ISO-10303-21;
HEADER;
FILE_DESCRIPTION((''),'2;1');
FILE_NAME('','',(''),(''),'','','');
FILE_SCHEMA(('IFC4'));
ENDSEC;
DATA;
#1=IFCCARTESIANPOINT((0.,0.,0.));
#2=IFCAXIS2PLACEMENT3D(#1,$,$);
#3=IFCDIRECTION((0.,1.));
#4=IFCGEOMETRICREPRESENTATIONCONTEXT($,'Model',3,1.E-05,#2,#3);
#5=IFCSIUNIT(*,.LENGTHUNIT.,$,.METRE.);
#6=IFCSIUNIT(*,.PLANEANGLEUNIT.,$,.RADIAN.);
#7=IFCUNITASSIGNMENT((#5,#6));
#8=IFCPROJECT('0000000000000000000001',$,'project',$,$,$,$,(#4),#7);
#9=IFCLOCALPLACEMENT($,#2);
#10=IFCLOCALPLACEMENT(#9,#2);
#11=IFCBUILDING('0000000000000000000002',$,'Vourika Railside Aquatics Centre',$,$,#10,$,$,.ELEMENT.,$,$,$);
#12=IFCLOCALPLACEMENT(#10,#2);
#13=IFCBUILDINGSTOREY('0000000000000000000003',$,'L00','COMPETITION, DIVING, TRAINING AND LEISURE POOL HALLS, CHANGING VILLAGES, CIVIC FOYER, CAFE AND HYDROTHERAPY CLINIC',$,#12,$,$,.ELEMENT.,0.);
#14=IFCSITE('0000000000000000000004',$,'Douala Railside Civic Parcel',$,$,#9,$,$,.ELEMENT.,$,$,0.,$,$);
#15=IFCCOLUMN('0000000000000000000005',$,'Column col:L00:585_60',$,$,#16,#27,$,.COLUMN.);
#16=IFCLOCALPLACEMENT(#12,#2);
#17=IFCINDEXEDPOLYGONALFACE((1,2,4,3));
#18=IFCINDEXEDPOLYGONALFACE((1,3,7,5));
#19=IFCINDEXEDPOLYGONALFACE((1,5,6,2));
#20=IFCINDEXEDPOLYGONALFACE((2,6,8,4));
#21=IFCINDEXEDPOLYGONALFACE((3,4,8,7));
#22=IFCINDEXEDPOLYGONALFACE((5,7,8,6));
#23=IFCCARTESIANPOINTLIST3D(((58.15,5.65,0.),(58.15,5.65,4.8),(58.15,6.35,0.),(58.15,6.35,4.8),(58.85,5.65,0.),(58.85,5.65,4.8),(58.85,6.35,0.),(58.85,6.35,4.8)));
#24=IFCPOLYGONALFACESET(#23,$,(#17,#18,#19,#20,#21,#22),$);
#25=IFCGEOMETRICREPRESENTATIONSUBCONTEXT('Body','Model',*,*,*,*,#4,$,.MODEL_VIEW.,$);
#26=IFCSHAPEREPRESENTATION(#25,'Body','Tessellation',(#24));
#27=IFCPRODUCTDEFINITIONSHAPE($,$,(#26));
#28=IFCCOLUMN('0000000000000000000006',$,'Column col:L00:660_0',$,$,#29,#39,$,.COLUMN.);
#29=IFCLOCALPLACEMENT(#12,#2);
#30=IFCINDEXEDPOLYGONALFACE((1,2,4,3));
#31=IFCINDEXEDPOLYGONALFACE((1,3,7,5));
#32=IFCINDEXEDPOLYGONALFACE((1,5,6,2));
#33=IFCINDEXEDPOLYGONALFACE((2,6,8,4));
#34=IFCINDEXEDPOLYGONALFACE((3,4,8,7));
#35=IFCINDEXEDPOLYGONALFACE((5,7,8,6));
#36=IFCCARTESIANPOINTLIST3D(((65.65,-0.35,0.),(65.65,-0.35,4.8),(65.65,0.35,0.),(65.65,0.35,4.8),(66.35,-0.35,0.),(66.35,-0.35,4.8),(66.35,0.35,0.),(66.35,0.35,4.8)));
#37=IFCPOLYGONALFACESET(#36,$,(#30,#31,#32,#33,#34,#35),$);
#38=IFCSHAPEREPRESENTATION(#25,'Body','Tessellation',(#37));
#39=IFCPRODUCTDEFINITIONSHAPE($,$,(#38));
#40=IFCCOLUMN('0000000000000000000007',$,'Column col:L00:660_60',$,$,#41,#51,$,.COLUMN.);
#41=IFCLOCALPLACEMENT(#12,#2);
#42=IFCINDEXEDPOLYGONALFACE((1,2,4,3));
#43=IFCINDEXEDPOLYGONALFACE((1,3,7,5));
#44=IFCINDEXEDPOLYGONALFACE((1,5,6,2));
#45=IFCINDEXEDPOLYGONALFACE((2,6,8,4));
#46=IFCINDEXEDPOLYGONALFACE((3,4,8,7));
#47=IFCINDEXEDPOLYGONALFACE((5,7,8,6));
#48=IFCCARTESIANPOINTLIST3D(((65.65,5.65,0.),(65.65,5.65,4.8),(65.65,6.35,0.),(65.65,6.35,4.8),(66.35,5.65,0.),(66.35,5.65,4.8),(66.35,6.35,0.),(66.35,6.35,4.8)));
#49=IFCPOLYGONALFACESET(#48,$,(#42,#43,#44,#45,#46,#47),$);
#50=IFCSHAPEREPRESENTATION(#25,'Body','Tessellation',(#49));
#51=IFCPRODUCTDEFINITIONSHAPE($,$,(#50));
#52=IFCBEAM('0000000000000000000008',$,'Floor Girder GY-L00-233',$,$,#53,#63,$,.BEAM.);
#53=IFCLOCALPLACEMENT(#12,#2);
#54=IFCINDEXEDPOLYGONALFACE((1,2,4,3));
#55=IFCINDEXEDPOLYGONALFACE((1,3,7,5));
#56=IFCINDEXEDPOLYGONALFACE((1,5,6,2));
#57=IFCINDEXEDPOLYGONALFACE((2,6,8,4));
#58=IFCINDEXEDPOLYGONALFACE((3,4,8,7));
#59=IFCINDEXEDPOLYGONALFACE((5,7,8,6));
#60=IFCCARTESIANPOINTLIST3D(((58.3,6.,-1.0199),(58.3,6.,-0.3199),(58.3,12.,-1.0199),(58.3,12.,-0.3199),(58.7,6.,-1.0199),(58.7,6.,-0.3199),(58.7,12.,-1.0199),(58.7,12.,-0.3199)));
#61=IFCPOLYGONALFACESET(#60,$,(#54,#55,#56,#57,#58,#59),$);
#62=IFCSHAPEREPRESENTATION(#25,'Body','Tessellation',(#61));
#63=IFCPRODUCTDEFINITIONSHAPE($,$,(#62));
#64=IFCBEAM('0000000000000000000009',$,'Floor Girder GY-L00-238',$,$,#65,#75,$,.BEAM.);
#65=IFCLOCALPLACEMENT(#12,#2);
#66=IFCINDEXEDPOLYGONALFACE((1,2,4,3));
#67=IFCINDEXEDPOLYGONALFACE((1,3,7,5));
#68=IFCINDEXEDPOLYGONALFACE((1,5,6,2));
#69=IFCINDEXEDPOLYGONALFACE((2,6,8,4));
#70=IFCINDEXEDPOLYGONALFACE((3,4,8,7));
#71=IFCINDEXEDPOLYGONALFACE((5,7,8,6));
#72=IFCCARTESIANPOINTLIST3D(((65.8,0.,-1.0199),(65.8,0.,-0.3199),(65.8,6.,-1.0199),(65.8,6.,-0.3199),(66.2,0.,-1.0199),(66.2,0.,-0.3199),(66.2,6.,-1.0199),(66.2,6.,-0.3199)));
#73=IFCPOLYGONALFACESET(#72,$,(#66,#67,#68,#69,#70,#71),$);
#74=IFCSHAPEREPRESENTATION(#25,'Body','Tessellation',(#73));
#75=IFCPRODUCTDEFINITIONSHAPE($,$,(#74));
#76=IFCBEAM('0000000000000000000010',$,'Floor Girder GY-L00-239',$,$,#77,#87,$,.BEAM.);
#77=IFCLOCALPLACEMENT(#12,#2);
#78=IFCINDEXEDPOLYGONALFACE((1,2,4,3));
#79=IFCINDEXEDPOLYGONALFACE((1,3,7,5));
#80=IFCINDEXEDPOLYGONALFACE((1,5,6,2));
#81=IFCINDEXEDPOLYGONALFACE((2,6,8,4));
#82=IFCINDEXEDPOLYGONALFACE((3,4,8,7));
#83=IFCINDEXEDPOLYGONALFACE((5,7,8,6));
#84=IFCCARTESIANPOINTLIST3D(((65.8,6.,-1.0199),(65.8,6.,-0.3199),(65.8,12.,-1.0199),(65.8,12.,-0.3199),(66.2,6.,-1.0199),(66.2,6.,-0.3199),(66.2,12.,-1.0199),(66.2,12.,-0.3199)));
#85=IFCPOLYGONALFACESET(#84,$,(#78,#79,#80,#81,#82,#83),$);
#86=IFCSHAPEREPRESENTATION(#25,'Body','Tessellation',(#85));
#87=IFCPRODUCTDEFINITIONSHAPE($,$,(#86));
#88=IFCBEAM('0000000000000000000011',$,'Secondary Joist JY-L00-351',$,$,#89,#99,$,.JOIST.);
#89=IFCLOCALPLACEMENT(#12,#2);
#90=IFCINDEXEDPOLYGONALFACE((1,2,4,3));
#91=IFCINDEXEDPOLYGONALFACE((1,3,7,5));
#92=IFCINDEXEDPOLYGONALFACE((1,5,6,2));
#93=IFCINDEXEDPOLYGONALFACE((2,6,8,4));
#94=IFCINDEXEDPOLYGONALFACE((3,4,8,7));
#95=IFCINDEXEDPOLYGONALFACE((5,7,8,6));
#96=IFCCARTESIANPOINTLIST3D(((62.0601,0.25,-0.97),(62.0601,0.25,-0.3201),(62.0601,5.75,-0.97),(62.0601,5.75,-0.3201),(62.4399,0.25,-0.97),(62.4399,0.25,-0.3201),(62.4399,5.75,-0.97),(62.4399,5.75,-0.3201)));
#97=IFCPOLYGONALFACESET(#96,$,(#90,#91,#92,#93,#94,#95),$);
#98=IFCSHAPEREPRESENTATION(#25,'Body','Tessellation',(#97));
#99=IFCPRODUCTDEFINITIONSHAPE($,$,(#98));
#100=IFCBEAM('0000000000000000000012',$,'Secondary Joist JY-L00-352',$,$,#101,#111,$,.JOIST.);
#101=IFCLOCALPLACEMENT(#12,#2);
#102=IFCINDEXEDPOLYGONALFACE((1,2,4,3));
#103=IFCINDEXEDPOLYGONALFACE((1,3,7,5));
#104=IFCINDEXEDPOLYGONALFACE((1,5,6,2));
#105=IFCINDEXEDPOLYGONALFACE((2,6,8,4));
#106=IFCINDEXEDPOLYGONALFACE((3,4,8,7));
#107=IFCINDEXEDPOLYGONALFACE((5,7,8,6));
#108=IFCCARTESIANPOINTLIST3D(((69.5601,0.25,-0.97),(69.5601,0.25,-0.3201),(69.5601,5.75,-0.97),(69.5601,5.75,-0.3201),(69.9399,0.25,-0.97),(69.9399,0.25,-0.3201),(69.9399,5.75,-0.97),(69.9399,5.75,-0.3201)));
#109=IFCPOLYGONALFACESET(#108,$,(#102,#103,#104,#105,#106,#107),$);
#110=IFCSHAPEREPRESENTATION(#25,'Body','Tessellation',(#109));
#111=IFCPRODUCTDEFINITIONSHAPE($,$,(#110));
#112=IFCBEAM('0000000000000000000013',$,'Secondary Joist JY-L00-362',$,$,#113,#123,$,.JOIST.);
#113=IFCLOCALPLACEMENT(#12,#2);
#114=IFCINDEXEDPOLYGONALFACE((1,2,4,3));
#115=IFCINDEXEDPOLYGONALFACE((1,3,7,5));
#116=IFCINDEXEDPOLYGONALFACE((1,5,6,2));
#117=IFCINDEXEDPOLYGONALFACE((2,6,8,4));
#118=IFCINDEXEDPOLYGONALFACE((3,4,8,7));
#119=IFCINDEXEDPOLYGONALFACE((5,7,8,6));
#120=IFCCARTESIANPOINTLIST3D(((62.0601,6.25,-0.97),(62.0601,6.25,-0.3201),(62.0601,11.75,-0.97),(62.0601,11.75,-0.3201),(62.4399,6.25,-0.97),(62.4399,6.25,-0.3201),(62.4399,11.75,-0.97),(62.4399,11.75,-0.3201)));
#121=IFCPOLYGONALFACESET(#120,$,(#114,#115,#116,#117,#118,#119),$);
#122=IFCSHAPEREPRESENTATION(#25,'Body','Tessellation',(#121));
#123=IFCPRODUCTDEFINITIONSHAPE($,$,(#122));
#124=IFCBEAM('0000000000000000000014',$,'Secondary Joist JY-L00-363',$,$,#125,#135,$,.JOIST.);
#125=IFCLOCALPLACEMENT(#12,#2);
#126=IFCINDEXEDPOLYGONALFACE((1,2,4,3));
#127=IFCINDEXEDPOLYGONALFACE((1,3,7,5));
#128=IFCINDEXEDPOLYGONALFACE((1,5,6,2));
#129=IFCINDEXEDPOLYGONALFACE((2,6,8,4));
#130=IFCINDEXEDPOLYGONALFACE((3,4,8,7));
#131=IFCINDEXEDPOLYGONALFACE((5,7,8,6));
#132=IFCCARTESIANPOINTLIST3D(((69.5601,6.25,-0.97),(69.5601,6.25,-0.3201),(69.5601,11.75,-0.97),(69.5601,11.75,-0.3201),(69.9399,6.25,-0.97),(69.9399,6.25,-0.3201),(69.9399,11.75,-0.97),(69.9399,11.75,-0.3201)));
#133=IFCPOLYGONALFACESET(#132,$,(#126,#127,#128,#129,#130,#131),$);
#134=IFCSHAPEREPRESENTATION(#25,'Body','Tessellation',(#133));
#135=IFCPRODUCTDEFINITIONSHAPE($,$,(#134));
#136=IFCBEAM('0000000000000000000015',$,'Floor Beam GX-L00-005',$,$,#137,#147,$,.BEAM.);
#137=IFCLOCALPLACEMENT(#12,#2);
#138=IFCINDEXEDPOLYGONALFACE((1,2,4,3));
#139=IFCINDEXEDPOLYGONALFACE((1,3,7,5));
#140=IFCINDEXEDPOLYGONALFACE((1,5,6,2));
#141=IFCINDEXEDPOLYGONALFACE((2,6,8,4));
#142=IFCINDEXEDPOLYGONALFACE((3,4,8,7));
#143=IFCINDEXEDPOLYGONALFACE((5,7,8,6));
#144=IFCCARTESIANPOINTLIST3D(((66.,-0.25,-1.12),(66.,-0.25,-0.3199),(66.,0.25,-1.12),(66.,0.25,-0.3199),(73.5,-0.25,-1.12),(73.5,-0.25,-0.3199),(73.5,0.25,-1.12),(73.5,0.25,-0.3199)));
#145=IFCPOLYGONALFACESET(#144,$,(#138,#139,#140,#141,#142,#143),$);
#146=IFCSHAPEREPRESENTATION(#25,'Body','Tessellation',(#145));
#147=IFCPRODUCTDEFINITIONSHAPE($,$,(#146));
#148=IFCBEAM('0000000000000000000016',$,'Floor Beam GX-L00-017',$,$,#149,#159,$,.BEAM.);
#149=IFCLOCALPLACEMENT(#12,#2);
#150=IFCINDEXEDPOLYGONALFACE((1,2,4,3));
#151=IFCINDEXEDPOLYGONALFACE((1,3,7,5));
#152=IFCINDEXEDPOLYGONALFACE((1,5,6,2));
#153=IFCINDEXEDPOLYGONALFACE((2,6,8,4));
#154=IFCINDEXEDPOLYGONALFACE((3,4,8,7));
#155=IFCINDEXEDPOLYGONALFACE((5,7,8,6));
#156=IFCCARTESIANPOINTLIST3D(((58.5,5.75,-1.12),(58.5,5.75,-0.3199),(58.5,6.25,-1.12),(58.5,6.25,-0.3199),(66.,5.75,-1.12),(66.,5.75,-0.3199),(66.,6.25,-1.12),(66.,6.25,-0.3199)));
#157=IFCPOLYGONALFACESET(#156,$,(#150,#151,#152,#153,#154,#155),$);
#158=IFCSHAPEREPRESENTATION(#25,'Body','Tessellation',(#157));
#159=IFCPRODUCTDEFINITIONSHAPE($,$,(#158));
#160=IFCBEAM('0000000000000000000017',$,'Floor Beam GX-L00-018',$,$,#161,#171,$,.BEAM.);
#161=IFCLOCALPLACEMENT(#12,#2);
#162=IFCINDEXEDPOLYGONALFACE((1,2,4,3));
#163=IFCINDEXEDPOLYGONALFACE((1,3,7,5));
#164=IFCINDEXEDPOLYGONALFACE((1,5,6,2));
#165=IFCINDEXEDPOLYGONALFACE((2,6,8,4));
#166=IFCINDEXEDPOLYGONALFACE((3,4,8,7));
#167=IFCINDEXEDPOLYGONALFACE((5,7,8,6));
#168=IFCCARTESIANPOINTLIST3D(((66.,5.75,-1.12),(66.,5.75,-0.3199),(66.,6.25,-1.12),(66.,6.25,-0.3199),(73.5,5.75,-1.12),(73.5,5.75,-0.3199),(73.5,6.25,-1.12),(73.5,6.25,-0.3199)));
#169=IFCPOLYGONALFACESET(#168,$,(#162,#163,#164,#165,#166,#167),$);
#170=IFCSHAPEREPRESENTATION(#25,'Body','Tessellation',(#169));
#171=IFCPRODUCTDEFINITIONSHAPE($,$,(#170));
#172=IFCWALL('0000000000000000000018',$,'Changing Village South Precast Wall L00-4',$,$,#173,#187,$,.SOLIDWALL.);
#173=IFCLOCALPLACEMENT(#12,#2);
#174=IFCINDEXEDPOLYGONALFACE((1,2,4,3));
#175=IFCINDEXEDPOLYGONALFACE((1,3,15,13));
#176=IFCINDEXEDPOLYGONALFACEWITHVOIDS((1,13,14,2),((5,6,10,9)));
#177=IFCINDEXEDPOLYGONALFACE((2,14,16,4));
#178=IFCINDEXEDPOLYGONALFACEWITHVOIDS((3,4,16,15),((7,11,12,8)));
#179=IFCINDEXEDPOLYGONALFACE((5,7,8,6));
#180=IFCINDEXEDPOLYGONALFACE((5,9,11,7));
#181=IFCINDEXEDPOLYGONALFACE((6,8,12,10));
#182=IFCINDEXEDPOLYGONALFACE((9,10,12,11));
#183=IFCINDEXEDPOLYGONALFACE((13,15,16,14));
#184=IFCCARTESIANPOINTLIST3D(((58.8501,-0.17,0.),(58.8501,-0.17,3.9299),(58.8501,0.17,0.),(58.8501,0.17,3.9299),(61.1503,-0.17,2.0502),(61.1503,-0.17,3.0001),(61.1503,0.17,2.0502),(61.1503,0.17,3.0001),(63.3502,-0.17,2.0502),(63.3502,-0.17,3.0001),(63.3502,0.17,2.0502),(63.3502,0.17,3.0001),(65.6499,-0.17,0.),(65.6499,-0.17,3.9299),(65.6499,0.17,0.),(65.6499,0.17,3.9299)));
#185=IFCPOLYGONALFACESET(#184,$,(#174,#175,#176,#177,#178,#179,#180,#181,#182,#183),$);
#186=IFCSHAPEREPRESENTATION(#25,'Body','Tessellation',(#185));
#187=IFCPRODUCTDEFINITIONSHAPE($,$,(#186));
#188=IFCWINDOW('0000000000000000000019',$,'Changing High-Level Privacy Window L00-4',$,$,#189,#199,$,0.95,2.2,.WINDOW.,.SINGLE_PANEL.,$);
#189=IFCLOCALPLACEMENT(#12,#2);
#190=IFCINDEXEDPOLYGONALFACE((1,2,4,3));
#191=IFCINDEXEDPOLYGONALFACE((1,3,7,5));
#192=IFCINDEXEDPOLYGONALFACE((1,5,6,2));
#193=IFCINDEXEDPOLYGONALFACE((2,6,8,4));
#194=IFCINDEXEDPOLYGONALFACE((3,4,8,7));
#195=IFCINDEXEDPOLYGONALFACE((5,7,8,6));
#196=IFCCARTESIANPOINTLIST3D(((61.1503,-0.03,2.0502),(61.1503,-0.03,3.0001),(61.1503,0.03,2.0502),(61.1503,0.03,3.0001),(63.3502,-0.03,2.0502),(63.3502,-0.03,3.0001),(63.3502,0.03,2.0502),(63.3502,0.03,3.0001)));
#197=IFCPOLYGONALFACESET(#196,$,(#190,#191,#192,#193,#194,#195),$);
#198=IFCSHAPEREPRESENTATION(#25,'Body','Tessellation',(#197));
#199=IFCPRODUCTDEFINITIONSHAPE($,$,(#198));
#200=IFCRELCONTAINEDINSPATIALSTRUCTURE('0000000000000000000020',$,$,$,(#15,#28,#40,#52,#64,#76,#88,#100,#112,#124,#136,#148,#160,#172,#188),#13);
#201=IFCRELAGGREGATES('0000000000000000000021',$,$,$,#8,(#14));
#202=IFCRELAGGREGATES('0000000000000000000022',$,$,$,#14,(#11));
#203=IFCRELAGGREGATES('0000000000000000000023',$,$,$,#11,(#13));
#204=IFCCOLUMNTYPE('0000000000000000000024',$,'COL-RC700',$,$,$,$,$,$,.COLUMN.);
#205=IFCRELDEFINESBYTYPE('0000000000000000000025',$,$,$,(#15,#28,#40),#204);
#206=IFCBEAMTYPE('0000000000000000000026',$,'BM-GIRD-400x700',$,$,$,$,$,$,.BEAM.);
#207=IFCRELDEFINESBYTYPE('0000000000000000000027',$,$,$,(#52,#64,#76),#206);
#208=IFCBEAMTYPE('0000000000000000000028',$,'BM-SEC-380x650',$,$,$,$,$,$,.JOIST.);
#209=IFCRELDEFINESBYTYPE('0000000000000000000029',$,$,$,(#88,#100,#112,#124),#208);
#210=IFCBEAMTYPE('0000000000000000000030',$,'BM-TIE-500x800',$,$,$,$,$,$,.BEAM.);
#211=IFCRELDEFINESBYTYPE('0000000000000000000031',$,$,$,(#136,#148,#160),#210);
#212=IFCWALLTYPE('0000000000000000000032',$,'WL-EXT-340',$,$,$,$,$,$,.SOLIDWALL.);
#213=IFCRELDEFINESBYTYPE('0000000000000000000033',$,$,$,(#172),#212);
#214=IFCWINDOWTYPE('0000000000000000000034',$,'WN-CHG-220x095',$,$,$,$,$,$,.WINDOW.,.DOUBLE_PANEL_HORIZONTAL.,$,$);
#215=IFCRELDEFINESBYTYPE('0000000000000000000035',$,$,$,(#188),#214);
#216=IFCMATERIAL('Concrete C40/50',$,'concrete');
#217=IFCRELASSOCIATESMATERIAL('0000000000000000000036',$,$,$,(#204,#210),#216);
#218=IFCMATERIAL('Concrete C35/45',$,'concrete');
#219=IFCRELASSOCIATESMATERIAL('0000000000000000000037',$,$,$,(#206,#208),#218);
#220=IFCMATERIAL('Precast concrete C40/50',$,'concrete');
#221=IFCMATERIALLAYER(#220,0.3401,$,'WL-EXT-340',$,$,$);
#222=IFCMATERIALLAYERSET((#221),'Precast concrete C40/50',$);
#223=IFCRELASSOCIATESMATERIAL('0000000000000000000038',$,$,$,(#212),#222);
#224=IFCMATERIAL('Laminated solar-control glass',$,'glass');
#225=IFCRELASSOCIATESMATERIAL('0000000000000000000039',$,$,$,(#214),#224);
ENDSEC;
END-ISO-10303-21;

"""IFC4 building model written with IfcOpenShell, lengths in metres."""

from ifc_helpers import new_model, si_unit, direction, frame, frame_2d, origin, origin_2d, place, context, subcontext, project, spatial, rectangle, extrude, material, layer, layer_set, material_profile, profile_set, type_object, element, fill, save


model = new_model("IFC4")

# Units and contexts
model_context = context("Model", 3, precision=1e-05, world=origin(), true_north=direction((0.0, 1.0)))
body_context = subcontext(model_context, "Body", "Model", "MODEL_VIEW")
ifc_project = project(units=[si_unit("LENGTHUNIT", "METRE"), si_unit("PLANEANGLEUNIT", "RADIAN")], contexts=[model_context])

# Site, building, storey
site_placement = place(None, origin())
site = spatial("IfcSite", under=ifc_project, at=site_placement, Name="Douala Railside Civic Parcel", CompositionType="ELEMENT", RefElevation=0.0)
building_placement = place(site_placement, origin())
building = spatial("IfcBuilding", under=site, at=building_placement, Name="Vourika Railside Aquatics Centre", CompositionType="ELEMENT")
storey_placement = place(building_placement, origin())
storey = spatial("IfcBuildingStorey", under=building, at=storey_placement, Name="L00", Description="COMPETITION, DIVING, TRAINING AND LEISURE POOL HALLS, CHANGING VILLAGES, CIVIC FOYER, CAFE AND HYDROTHERAPY CLINIC", CompositionType="ELEMENT", Elevation=0.0)

# Columns
ifc_material_1 = material(Name="Concrete C40/50", Category="concrete")
ifc_material_profile_1 = material_profile(ifc_material_1, rectangle(XDim=0.7, YDim=0.7, at=origin_2d()), Name="RC 700x700")
ifc_profile_set_1 = profile_set([ifc_material_profile_1], Name="Concrete C40/50")
column_type = type_object("IfcColumnType", Name="COL-RC700", PredefinedType="COLUMN", material=ifc_profile_set_1)
for number, where, z_axis, x_axis, name in (
    (1, (58.5, 6.0, 0.0), (0.0, 0.0, 1.0), (1.0, 0.0, 0.0), "Column col:L00:585_60"),
    (2, (66.0, 0.0, 0.0), (0.0, 0.0, 1.0), (1.0, 0.0, 0.0), "Column col:L00:660_0"),
    (3, (66.0, 6.0, 0.0), (0.0, 0.0, 1.0), (1.0, 0.0, 0.0), "Column col:L00:660_60"),
):
    element("IfcColumn", number, at=place(storey_placement, frame(where, z_axis=z_axis, x_axis=x_axis)), inside=storey, type_object=column_type, Name=name, PredefinedType="COLUMN", context=body_context, shape_type="SweptSolid", body=[
        extrude(rectangle(XDim=0.7, YDim=0.7, at=origin_2d()), origin(), (0.0, 0.0, 1.0), 4.8),
    ])

# Beams
ifc_material_2 = material(Name="Concrete C35/45", Category="concrete")
ifc_material_profile_2 = material_profile(ifc_material_2, rectangle(XDim=0.3999, YDim=0.7, at=origin_2d()), Name="RC 400x700")
ifc_profile_set_2 = profile_set([ifc_material_profile_2], Name="Concrete C35/45")
beam_type_1 = type_object("IfcBeamType", Name="BM-GIRD-400x700", PredefinedType="BEAM", material=ifc_profile_set_2)
for number, where, z_axis, x_axis, name in (
    (4, (58.5, 6.0, -0.6699), (0.0, 1.0, 0.0), (-1.0, 0.0, 0.0), "Floor Girder GY-L00-233"),
    (5, (66.0, 0.0, -0.6699), (0.0, 1.0, 0.0), (-1.0, 0.0, 0.0), "Floor Girder GY-L00-238"),
    (6, (66.0, 6.0, -0.6699), (0.0, 1.0, 0.0), (-1.0, 0.0, 0.0), "Floor Girder GY-L00-239"),
):
    element("IfcBeam", number, at=place(storey_placement, frame(where, z_axis=z_axis, x_axis=x_axis)), inside=storey, type_object=beam_type_1, Name=name, PredefinedType="BEAM", context=body_context, shape_type="SweptSolid", body=[
        extrude(rectangle(XDim=0.3999, YDim=0.7, at=origin_2d()), origin(), (0.0, 0.0, 1.0), 6.0),
    ])
ifc_material_profile_3 = material_profile(ifc_material_2, rectangle(XDim=0.3799, YDim=0.6499, at=origin_2d()), Name="RC 380x650")
ifc_profile_set_3 = profile_set([ifc_material_profile_3], Name="Concrete C35/45")
beam_type_2 = type_object("IfcBeamType", Name="BM-SEC-380x650", PredefinedType="JOIST", material=ifc_profile_set_3)
for number, where, z_axis, x_axis, name in (
    (7, (62.25, 0.25, -0.645), (0.0, 1.0, 0.0), (-1.0, 0.0, 0.0), "Secondary Joist JY-L00-351"),
    (8, (69.75, 0.25, -0.645), (0.0, 1.0, 0.0), (-1.0, 0.0, 0.0), "Secondary Joist JY-L00-352"),
    (9, (62.25, 6.25, -0.645), (0.0, 1.0, 0.0), (-1.0, 0.0, 0.0), "Secondary Joist JY-L00-362"),
    (10, (69.75, 6.25, -0.645), (0.0, 1.0, 0.0), (-1.0, 0.0, 0.0), "Secondary Joist JY-L00-363"),
):
    element("IfcBeam", number, at=place(storey_placement, frame(where, z_axis=z_axis, x_axis=x_axis)), inside=storey, type_object=beam_type_2, Name=name, PredefinedType="JOIST", context=body_context, shape_type="SweptSolid", body=[
        extrude(rectangle(XDim=0.3799, YDim=0.6499, at=origin_2d()), origin(), (0.0, 0.0, 1.0), 5.5),
    ])
ifc_material_profile_4 = material_profile(ifc_material_1, rectangle(XDim=0.5, YDim=0.8, at=origin_2d()), Name="RC 500x800")
ifc_profile_set_4 = profile_set([ifc_material_profile_4], Name="Concrete C40/50")
beam_type_3 = type_object("IfcBeamType", Name="BM-TIE-500x800", PredefinedType="BEAM", material=ifc_profile_set_4)
for number, where, z_axis, x_axis, name in (
    (11, (66.0, 0.0, -0.72), (1.0, 0.0, 0.0), (0.0, 1.0, 0.0), "Floor Beam GX-L00-005"),
    (12, (58.5, 6.0, -0.72), (1.0, 0.0, 0.0), (0.0, 1.0, 0.0), "Floor Beam GX-L00-017"),
    (13, (66.0, 6.0, -0.72), (1.0, 0.0, 0.0), (0.0, 1.0, 0.0), "Floor Beam GX-L00-018"),
):
    element("IfcBeam", number, at=place(storey_placement, frame(where, z_axis=z_axis, x_axis=x_axis)), inside=storey, type_object=beam_type_3, Name=name, PredefinedType="BEAM", context=body_context, shape_type="SweptSolid", body=[
        extrude(rectangle(XDim=0.5, YDim=0.8, at=origin_2d()), origin(), (0.0, 0.0, 1.0), 7.5),
    ])

# Wall, opening, window
ifc_material_3 = material(Name="Precast concrete C40/50", Category="concrete")
ifc_layer_1 = layer(ifc_material_3, 0.3401, Name="WL-EXT-340")
ifc_layer_set_1 = layer_set([ifc_layer_1], Name="Precast concrete C40/50")
wall_type_1 = type_object("IfcWallType", Name="WL-EXT-340", PredefinedType="SOLIDWALL", material=ifc_layer_set_1)
wall_1_placement = place(storey_placement, frame((58.8501, 0.0, 0.0), z_axis=(0.0, 0.0, 1.0), x_axis=(1.0, 0.0, 0.0)))
wall_1 = element("IfcWall", 14, at=wall_1_placement, inside=storey, type_object=wall_type_1, Name="Changing Village South Precast Wall L00-4", PredefinedType="SOLIDWALL", context=body_context, shape_type="SweptSolid", body=[
    extrude(rectangle(XDim=6.7998, YDim=0.3401, at=frame_2d((3.3999, 0.0))), origin(), (0.0, 0.0, 1.0), 3.9299),
])
opening_1_placement = place(wall_1_placement, frame((2.3, 0.0, 2.05)))
opening_1 = element("IfcOpeningElement", 15, at=opening_1_placement, cuts=wall_1, PredefinedType="OPENING", context=body_context, shape_type="SweptSolid", body=[
    extrude(rectangle(XDim=2.2, YDim=0.95, at=frame_2d((1.1001, 0.4751))), frame((0.0, 0.1802, 0.0), z_axis=(0.0, -1.0, 0.0), x_axis=(1.0, 0.0, 0.0)), (0.0, 0.0, 1.0), 0.3601),
])
ifc_material_4 = material(Name="Laminated solar-control glass", Category="glass")
window_type = type_object("IfcWindowType", Name="WN-CHG-220x095", PartitioningType="DOUBLE_PANEL_HORIZONTAL", PredefinedType="WINDOW", material=ifc_material_4)
window_placement = place(opening_1_placement, origin())
window = element("IfcWindow", 16, at=window_placement, inside=storey, type_object=window_type, Name="Changing High-Level Privacy Window L00-4", OverallHeight=0.95, OverallWidth=2.2, PartitioningType="SINGLE_PANEL", PredefinedType="WINDOW", context=body_context, shape_type="SweptSolid", body=[
    extrude(rectangle(XDim=2.2, YDim=0.95, at=frame_2d((1.1001, 0.4751))), frame((0.0, 0.03, 0.0), z_axis=(0.0, -1.0, 0.0), x_axis=(1.0, 0.0, 0.0)), (0.0, 0.0, 1.0), 0.0601),
])
fill(opening_1, window)

save(model, "model.ifc")
